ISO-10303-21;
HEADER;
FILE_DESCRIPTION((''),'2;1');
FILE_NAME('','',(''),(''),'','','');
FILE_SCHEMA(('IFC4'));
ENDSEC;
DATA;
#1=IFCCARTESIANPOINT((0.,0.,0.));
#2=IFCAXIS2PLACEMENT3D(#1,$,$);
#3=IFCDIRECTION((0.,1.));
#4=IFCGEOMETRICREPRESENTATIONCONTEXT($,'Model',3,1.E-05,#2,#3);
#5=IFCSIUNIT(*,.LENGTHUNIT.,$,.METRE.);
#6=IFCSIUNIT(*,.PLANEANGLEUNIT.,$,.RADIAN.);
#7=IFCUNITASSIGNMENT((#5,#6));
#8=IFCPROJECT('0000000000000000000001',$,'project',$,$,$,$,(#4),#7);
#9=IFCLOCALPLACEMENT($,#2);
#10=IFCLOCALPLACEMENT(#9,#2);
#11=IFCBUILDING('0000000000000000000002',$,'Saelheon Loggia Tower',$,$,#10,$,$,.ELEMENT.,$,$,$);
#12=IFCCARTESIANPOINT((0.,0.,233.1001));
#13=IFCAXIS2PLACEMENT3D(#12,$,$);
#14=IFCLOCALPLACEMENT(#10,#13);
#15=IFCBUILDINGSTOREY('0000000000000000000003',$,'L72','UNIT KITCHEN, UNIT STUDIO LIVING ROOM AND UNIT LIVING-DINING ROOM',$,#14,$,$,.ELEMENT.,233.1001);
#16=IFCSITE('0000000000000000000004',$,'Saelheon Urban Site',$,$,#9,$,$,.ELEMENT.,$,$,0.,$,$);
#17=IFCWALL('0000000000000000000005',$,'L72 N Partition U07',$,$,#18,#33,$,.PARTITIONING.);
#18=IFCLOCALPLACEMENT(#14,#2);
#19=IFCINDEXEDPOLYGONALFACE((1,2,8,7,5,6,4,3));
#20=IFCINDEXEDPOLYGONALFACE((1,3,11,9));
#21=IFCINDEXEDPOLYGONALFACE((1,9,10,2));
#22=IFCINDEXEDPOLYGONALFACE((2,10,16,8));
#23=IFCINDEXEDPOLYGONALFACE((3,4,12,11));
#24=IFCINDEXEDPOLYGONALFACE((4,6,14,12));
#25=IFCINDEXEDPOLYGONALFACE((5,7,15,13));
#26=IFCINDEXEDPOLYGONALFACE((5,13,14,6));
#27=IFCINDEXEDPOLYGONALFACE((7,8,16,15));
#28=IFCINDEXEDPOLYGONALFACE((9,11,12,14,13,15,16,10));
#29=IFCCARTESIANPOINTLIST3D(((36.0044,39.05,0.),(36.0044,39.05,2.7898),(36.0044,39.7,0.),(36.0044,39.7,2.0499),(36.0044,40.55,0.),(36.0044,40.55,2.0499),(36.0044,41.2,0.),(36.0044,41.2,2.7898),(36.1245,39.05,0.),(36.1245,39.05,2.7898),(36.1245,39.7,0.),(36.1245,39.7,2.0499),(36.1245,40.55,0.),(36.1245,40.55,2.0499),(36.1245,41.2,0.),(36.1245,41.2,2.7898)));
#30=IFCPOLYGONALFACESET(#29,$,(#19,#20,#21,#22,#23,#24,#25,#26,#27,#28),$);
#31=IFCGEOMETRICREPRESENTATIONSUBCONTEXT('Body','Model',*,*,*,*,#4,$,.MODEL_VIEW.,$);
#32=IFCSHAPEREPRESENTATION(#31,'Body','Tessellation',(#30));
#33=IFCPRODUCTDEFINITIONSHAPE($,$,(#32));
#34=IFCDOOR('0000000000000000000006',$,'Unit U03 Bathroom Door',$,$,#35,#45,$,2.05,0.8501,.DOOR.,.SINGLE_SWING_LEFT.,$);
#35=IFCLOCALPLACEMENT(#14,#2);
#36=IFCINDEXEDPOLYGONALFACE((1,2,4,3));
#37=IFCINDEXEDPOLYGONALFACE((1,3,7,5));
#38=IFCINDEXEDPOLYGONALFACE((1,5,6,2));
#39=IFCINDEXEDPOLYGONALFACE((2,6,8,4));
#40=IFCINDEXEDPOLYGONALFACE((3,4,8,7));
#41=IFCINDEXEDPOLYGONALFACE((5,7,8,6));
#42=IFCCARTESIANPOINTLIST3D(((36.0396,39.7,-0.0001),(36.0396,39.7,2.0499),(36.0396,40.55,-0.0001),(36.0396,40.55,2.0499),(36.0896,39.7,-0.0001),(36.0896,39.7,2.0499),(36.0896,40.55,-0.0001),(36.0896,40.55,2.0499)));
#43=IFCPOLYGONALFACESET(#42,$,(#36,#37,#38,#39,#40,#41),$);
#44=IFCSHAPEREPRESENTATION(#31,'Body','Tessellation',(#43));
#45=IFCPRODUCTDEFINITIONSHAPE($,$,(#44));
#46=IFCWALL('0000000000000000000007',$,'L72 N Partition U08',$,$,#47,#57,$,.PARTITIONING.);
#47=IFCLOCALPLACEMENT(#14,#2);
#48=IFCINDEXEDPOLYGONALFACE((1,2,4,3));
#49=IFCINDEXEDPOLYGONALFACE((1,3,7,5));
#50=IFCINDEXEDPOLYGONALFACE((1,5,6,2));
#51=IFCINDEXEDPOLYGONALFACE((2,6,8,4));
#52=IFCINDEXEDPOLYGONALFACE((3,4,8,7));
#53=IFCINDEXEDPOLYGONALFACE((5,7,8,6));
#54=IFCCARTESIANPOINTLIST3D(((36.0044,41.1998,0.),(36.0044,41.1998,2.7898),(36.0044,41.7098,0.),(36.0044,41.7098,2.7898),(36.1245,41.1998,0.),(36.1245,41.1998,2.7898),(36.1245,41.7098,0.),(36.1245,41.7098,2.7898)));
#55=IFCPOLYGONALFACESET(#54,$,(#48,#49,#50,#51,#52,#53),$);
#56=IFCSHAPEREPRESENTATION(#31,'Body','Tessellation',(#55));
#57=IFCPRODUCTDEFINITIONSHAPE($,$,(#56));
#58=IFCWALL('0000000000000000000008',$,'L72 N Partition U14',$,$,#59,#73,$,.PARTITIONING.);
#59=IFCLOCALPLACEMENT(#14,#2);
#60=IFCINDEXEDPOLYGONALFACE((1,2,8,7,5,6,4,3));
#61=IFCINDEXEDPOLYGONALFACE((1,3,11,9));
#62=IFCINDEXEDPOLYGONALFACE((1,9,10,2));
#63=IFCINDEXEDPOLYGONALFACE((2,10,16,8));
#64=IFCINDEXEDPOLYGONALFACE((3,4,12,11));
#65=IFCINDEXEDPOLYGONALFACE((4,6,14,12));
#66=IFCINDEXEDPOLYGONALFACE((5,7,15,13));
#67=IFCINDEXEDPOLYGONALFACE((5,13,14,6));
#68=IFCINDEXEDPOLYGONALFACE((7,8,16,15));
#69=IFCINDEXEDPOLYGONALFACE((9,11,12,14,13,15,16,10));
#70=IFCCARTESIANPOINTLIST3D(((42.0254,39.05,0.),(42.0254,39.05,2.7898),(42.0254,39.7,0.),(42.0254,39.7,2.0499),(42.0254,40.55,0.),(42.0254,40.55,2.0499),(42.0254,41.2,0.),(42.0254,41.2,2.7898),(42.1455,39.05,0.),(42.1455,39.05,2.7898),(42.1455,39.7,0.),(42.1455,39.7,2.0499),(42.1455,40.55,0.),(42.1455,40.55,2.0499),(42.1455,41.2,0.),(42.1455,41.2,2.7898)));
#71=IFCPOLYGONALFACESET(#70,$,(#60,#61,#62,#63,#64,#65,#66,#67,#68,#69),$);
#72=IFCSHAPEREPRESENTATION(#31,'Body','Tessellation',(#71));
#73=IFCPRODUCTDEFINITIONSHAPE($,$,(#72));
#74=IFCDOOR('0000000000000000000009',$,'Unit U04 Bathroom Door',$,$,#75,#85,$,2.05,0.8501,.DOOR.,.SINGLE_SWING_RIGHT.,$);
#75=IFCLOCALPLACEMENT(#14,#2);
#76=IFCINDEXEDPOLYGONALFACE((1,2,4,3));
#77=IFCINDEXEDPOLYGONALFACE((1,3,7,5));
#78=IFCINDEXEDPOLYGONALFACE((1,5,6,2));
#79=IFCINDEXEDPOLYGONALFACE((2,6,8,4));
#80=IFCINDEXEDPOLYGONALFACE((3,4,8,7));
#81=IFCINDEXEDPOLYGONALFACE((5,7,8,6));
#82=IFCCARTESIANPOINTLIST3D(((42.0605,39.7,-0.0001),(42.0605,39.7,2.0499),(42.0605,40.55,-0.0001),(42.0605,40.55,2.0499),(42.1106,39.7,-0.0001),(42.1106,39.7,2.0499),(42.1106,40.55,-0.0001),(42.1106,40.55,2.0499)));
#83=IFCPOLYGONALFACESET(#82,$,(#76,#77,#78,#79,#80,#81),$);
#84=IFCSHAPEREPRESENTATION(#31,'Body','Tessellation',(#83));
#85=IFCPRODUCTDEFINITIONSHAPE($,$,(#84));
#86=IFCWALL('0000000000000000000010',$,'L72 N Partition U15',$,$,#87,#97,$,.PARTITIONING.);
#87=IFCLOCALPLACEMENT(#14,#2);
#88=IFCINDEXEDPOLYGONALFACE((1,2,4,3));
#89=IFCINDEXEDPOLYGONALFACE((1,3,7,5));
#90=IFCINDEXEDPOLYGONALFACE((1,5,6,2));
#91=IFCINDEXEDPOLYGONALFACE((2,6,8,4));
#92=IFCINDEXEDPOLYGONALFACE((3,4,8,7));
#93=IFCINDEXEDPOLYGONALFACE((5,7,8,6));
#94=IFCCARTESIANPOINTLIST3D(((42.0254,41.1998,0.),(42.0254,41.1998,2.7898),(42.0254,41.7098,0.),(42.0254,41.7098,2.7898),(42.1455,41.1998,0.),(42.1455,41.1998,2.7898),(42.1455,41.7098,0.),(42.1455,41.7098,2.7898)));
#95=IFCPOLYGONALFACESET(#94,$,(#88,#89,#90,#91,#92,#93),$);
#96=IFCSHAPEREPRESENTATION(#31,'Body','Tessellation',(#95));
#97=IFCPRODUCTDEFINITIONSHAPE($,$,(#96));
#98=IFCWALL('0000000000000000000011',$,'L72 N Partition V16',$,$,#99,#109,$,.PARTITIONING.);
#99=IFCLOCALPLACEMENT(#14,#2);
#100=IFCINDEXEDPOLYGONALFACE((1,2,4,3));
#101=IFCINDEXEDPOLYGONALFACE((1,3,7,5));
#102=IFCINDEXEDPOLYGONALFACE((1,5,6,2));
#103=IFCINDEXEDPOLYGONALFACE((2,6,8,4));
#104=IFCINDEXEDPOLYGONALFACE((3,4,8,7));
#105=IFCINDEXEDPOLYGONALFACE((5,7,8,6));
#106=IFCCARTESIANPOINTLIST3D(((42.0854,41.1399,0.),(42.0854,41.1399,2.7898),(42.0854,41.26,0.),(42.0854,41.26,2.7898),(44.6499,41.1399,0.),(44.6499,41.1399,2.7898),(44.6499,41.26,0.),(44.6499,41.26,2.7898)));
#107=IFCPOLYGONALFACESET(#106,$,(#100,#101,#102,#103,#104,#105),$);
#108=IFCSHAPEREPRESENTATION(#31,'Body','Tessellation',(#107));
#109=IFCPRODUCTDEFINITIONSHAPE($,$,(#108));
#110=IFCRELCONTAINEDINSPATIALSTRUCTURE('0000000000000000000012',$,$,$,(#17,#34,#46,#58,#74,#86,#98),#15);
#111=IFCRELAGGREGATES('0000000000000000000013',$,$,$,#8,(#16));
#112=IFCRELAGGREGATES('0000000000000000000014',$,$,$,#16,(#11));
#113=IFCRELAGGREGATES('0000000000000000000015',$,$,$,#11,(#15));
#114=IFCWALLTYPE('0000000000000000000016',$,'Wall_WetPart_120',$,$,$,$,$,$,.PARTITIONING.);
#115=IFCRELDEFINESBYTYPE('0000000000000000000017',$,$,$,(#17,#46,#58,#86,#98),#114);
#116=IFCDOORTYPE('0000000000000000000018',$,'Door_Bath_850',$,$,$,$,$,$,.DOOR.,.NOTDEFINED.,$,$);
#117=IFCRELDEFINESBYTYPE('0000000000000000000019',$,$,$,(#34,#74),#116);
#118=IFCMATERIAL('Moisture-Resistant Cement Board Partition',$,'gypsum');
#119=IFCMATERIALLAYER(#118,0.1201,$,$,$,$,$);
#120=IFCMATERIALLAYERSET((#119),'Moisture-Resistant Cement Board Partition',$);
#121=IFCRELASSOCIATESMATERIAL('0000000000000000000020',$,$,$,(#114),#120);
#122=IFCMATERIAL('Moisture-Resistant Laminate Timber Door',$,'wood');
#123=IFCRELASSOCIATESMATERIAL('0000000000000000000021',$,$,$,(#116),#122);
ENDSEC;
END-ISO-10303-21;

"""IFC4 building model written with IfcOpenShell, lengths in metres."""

from ifc_helpers import new_model, si_unit, direction, frame, frame_2d, origin, place, context, subcontext, project, spatial, rectangle, extrude, source, transform, mapped, material, layer, layer_set, type_object, element, fill, save


model = new_model("IFC4")

# Units and contexts
model_context = context("Model", 3, precision=1e-05, world=origin(), true_north=direction((0.0, 1.0)))
body_context = subcontext(model_context, "Body", "Model", "MODEL_VIEW")
ifc_project = project(units=[si_unit("LENGTHUNIT", "METRE"), si_unit("PLANEANGLEUNIT", "RADIAN")], contexts=[model_context])

# Site, building, storey
site_placement = place(None, origin())
site = spatial("IfcSite", under=ifc_project, at=site_placement, Name="Saelheon Urban Site", CompositionType="ELEMENT", RefElevation=0.0)
building_placement = place(site_placement, origin())
building = spatial("IfcBuilding", under=site, at=building_placement, Name="Saelheon Loggia Tower", CompositionType="ELEMENT")
storey_placement = place(building_placement, frame((0.0, 0.0, 233.1001)))
storey = spatial("IfcBuildingStorey", under=building, at=storey_placement, Name="L72", Description="UNIT KITCHEN, UNIT STUDIO LIVING ROOM AND UNIT LIVING-DINING ROOM", CompositionType="ELEMENT", Elevation=233.1001)

# Wall, opening, door
ifc_material_1 = material(Name="Moisture-Resistant Cement Board Partition", Category="gypsum")
ifc_layer_1 = layer(ifc_material_1, 0.1201)
ifc_layer_set_1 = layer_set([ifc_layer_1], Name="Moisture-Resistant Cement Board Partition")
wall_type_1 = type_object("IfcWallType", Name="Wall_WetPart_120", PredefinedType="PARTITIONING", material=ifc_layer_set_1)
wall_1_placement = place(storey_placement, frame((36.0645, 39.05, 0.0), z_axis=(0.0, 0.0, 1.0), x_axis=(0.0, 1.0, 0.0)))
wall_1 = element("IfcWall", 1, at=wall_1_placement, inside=storey, type_object=wall_type_1, Name="L72 N Partition U07", PredefinedType="PARTITIONING", context=body_context, shape_type="SweptSolid", body=[
    extrude(rectangle(XDim=2.1499, YDim=0.1201, at=frame_2d((1.075, 0.0))), origin(), (0.0, 0.0, 1.0), 2.7898),
])
opening_1_placement = place(wall_1_placement, frame((0.6499, 0.0, 0.0)))
opening_1 = element("IfcOpeningElement", 2, at=opening_1_placement, cuts=wall_1, PredefinedType="OPENING", context=body_context, shape_type="SweptSolid", body=[
    extrude(rectangle(XDim=0.8501, YDim=2.05, at=frame_2d((0.425, 1.0249))), frame((0.0, 0.072, 0.0), z_axis=(0.0, -1.0, 0.0), x_axis=(1.0, 0.0, 0.0)), (0.0, 0.0, 1.0), 0.144),
])
ifc_material_2 = material(Name="Moisture-Resistant Laminate Timber Door", Category="wood")
door_type_1 = type_object("IfcDoorType", Name="Door_Bath_850", OperationType="NOTDEFINED", PredefinedType="DOOR", material=ifc_material_2)
shared_shape_1 = source(origin(), body_context, "Body", "SweptSolid", [
    extrude(rectangle(XDim=0.8501, YDim=2.05, at=frame_2d((0.425, 1.0249))), frame((0.0, 0.0249, 0.0), z_axis=(0.0, -1.0, 0.0), x_axis=(1.0, 0.0, 0.0)), (0.0, 0.0, 1.0), 0.05),
])
door_1_placement = place(opening_1_placement, origin())
door_1 = element("IfcDoor", 3, at=door_1_placement, inside=storey, type_object=door_type_1, Name="Unit U03 Bathroom Door", OperationType="SINGLE_SWING_LEFT", OverallHeight=2.05, OverallWidth=0.8501, PredefinedType="DOOR", context=body_context, shape_type="MappedRepresentation", body=[
    mapped(shared_shape_1, transform((0.0, 0.0, 0.0), scale=1.0)),
])
fill(opening_1, door_1)

# Wall
wall_2_placement = place(storey_placement, frame((36.0645, 41.2, 0.0), z_axis=(0.0, 0.0, 1.0), x_axis=(0.0, 1.0, 0.0)))
element("IfcWall", 4, at=wall_2_placement, inside=storey, type_object=wall_type_1, Name="L72 N Partition U08", PredefinedType="PARTITIONING", context=body_context, shape_type="SweptSolid", body=[
    extrude(rectangle(XDim=0.51, YDim=0.1201, at=frame_2d((0.2549, 0.0))), origin(), (0.0, 0.0, 1.0), 2.7898),
])

# Wall, opening, door
wall_3_placement = place(storey_placement, frame((42.0854, 39.05, 0.0), z_axis=(0.0, 0.0, 1.0), x_axis=(0.0, 1.0, 0.0)))
wall_3 = element("IfcWall", 5, at=wall_3_placement, inside=storey, type_object=wall_type_1, Name="L72 N Partition U14", PredefinedType="PARTITIONING", context=body_context, shape_type="SweptSolid", body=[
    extrude(rectangle(XDim=2.1499, YDim=0.1201, at=frame_2d((1.075, 0.0))), origin(), (0.0, 0.0, 1.0), 2.7898),
])
opening_2_placement = place(wall_3_placement, frame((0.6499, 0.0, 0.0)))
opening_2 = element("IfcOpeningElement", 6, at=opening_2_placement, cuts=wall_3, PredefinedType="OPENING", context=body_context, shape_type="SweptSolid", body=[
    extrude(rectangle(XDim=0.8501, YDim=2.05, at=frame_2d((0.425, 1.0249))), frame((0.0, 0.072, 0.0), z_axis=(0.0, -1.0, 0.0), x_axis=(1.0, 0.0, 0.0)), (0.0, 0.0, 1.0), 0.144),
])
door_2_placement = place(opening_2_placement, origin())
door_2 = element("IfcDoor", 7, at=door_2_placement, inside=storey, type_object=door_type_1, Name="Unit U04 Bathroom Door", OperationType="SINGLE_SWING_RIGHT", OverallHeight=2.05, OverallWidth=0.8501, PredefinedType="DOOR", context=body_context, shape_type="MappedRepresentation", body=[
    mapped(shared_shape_1, transform((0.0, 0.0, 0.0), scale=1.0)),
])
fill(opening_2, door_2)

# Walls
wall_4_placement = place(storey_placement, frame((42.0854, 41.2, 0.0), z_axis=(0.0, 0.0, 1.0), x_axis=(0.0, 1.0, 0.0)))
element("IfcWall", 8, at=wall_4_placement, inside=storey, type_object=wall_type_1, Name="L72 N Partition U15", PredefinedType="PARTITIONING", context=body_context, shape_type="SweptSolid", body=[
    extrude(rectangle(XDim=0.51, YDim=0.1201, at=frame_2d((0.2549, 0.0))), origin(), (0.0, 0.0, 1.0), 2.7898),
])
wall_5_placement = place(storey_placement, frame((42.0854, 41.2, 0.0), z_axis=(0.0, 0.0, 1.0), x_axis=(1.0, 0.0, 0.0)))
element("IfcWall", 9, at=wall_5_placement, inside=storey, type_object=wall_type_1, Name="L72 N Partition V16", PredefinedType="PARTITIONING", context=body_context, shape_type="SweptSolid", body=[
    extrude(rectangle(XDim=2.5645, YDim=0.1201, at=frame_2d((1.2822, 0.0))), origin(), (0.0, 0.0, 1.0), 2.7898),
])

save(model, "model.ifc")
